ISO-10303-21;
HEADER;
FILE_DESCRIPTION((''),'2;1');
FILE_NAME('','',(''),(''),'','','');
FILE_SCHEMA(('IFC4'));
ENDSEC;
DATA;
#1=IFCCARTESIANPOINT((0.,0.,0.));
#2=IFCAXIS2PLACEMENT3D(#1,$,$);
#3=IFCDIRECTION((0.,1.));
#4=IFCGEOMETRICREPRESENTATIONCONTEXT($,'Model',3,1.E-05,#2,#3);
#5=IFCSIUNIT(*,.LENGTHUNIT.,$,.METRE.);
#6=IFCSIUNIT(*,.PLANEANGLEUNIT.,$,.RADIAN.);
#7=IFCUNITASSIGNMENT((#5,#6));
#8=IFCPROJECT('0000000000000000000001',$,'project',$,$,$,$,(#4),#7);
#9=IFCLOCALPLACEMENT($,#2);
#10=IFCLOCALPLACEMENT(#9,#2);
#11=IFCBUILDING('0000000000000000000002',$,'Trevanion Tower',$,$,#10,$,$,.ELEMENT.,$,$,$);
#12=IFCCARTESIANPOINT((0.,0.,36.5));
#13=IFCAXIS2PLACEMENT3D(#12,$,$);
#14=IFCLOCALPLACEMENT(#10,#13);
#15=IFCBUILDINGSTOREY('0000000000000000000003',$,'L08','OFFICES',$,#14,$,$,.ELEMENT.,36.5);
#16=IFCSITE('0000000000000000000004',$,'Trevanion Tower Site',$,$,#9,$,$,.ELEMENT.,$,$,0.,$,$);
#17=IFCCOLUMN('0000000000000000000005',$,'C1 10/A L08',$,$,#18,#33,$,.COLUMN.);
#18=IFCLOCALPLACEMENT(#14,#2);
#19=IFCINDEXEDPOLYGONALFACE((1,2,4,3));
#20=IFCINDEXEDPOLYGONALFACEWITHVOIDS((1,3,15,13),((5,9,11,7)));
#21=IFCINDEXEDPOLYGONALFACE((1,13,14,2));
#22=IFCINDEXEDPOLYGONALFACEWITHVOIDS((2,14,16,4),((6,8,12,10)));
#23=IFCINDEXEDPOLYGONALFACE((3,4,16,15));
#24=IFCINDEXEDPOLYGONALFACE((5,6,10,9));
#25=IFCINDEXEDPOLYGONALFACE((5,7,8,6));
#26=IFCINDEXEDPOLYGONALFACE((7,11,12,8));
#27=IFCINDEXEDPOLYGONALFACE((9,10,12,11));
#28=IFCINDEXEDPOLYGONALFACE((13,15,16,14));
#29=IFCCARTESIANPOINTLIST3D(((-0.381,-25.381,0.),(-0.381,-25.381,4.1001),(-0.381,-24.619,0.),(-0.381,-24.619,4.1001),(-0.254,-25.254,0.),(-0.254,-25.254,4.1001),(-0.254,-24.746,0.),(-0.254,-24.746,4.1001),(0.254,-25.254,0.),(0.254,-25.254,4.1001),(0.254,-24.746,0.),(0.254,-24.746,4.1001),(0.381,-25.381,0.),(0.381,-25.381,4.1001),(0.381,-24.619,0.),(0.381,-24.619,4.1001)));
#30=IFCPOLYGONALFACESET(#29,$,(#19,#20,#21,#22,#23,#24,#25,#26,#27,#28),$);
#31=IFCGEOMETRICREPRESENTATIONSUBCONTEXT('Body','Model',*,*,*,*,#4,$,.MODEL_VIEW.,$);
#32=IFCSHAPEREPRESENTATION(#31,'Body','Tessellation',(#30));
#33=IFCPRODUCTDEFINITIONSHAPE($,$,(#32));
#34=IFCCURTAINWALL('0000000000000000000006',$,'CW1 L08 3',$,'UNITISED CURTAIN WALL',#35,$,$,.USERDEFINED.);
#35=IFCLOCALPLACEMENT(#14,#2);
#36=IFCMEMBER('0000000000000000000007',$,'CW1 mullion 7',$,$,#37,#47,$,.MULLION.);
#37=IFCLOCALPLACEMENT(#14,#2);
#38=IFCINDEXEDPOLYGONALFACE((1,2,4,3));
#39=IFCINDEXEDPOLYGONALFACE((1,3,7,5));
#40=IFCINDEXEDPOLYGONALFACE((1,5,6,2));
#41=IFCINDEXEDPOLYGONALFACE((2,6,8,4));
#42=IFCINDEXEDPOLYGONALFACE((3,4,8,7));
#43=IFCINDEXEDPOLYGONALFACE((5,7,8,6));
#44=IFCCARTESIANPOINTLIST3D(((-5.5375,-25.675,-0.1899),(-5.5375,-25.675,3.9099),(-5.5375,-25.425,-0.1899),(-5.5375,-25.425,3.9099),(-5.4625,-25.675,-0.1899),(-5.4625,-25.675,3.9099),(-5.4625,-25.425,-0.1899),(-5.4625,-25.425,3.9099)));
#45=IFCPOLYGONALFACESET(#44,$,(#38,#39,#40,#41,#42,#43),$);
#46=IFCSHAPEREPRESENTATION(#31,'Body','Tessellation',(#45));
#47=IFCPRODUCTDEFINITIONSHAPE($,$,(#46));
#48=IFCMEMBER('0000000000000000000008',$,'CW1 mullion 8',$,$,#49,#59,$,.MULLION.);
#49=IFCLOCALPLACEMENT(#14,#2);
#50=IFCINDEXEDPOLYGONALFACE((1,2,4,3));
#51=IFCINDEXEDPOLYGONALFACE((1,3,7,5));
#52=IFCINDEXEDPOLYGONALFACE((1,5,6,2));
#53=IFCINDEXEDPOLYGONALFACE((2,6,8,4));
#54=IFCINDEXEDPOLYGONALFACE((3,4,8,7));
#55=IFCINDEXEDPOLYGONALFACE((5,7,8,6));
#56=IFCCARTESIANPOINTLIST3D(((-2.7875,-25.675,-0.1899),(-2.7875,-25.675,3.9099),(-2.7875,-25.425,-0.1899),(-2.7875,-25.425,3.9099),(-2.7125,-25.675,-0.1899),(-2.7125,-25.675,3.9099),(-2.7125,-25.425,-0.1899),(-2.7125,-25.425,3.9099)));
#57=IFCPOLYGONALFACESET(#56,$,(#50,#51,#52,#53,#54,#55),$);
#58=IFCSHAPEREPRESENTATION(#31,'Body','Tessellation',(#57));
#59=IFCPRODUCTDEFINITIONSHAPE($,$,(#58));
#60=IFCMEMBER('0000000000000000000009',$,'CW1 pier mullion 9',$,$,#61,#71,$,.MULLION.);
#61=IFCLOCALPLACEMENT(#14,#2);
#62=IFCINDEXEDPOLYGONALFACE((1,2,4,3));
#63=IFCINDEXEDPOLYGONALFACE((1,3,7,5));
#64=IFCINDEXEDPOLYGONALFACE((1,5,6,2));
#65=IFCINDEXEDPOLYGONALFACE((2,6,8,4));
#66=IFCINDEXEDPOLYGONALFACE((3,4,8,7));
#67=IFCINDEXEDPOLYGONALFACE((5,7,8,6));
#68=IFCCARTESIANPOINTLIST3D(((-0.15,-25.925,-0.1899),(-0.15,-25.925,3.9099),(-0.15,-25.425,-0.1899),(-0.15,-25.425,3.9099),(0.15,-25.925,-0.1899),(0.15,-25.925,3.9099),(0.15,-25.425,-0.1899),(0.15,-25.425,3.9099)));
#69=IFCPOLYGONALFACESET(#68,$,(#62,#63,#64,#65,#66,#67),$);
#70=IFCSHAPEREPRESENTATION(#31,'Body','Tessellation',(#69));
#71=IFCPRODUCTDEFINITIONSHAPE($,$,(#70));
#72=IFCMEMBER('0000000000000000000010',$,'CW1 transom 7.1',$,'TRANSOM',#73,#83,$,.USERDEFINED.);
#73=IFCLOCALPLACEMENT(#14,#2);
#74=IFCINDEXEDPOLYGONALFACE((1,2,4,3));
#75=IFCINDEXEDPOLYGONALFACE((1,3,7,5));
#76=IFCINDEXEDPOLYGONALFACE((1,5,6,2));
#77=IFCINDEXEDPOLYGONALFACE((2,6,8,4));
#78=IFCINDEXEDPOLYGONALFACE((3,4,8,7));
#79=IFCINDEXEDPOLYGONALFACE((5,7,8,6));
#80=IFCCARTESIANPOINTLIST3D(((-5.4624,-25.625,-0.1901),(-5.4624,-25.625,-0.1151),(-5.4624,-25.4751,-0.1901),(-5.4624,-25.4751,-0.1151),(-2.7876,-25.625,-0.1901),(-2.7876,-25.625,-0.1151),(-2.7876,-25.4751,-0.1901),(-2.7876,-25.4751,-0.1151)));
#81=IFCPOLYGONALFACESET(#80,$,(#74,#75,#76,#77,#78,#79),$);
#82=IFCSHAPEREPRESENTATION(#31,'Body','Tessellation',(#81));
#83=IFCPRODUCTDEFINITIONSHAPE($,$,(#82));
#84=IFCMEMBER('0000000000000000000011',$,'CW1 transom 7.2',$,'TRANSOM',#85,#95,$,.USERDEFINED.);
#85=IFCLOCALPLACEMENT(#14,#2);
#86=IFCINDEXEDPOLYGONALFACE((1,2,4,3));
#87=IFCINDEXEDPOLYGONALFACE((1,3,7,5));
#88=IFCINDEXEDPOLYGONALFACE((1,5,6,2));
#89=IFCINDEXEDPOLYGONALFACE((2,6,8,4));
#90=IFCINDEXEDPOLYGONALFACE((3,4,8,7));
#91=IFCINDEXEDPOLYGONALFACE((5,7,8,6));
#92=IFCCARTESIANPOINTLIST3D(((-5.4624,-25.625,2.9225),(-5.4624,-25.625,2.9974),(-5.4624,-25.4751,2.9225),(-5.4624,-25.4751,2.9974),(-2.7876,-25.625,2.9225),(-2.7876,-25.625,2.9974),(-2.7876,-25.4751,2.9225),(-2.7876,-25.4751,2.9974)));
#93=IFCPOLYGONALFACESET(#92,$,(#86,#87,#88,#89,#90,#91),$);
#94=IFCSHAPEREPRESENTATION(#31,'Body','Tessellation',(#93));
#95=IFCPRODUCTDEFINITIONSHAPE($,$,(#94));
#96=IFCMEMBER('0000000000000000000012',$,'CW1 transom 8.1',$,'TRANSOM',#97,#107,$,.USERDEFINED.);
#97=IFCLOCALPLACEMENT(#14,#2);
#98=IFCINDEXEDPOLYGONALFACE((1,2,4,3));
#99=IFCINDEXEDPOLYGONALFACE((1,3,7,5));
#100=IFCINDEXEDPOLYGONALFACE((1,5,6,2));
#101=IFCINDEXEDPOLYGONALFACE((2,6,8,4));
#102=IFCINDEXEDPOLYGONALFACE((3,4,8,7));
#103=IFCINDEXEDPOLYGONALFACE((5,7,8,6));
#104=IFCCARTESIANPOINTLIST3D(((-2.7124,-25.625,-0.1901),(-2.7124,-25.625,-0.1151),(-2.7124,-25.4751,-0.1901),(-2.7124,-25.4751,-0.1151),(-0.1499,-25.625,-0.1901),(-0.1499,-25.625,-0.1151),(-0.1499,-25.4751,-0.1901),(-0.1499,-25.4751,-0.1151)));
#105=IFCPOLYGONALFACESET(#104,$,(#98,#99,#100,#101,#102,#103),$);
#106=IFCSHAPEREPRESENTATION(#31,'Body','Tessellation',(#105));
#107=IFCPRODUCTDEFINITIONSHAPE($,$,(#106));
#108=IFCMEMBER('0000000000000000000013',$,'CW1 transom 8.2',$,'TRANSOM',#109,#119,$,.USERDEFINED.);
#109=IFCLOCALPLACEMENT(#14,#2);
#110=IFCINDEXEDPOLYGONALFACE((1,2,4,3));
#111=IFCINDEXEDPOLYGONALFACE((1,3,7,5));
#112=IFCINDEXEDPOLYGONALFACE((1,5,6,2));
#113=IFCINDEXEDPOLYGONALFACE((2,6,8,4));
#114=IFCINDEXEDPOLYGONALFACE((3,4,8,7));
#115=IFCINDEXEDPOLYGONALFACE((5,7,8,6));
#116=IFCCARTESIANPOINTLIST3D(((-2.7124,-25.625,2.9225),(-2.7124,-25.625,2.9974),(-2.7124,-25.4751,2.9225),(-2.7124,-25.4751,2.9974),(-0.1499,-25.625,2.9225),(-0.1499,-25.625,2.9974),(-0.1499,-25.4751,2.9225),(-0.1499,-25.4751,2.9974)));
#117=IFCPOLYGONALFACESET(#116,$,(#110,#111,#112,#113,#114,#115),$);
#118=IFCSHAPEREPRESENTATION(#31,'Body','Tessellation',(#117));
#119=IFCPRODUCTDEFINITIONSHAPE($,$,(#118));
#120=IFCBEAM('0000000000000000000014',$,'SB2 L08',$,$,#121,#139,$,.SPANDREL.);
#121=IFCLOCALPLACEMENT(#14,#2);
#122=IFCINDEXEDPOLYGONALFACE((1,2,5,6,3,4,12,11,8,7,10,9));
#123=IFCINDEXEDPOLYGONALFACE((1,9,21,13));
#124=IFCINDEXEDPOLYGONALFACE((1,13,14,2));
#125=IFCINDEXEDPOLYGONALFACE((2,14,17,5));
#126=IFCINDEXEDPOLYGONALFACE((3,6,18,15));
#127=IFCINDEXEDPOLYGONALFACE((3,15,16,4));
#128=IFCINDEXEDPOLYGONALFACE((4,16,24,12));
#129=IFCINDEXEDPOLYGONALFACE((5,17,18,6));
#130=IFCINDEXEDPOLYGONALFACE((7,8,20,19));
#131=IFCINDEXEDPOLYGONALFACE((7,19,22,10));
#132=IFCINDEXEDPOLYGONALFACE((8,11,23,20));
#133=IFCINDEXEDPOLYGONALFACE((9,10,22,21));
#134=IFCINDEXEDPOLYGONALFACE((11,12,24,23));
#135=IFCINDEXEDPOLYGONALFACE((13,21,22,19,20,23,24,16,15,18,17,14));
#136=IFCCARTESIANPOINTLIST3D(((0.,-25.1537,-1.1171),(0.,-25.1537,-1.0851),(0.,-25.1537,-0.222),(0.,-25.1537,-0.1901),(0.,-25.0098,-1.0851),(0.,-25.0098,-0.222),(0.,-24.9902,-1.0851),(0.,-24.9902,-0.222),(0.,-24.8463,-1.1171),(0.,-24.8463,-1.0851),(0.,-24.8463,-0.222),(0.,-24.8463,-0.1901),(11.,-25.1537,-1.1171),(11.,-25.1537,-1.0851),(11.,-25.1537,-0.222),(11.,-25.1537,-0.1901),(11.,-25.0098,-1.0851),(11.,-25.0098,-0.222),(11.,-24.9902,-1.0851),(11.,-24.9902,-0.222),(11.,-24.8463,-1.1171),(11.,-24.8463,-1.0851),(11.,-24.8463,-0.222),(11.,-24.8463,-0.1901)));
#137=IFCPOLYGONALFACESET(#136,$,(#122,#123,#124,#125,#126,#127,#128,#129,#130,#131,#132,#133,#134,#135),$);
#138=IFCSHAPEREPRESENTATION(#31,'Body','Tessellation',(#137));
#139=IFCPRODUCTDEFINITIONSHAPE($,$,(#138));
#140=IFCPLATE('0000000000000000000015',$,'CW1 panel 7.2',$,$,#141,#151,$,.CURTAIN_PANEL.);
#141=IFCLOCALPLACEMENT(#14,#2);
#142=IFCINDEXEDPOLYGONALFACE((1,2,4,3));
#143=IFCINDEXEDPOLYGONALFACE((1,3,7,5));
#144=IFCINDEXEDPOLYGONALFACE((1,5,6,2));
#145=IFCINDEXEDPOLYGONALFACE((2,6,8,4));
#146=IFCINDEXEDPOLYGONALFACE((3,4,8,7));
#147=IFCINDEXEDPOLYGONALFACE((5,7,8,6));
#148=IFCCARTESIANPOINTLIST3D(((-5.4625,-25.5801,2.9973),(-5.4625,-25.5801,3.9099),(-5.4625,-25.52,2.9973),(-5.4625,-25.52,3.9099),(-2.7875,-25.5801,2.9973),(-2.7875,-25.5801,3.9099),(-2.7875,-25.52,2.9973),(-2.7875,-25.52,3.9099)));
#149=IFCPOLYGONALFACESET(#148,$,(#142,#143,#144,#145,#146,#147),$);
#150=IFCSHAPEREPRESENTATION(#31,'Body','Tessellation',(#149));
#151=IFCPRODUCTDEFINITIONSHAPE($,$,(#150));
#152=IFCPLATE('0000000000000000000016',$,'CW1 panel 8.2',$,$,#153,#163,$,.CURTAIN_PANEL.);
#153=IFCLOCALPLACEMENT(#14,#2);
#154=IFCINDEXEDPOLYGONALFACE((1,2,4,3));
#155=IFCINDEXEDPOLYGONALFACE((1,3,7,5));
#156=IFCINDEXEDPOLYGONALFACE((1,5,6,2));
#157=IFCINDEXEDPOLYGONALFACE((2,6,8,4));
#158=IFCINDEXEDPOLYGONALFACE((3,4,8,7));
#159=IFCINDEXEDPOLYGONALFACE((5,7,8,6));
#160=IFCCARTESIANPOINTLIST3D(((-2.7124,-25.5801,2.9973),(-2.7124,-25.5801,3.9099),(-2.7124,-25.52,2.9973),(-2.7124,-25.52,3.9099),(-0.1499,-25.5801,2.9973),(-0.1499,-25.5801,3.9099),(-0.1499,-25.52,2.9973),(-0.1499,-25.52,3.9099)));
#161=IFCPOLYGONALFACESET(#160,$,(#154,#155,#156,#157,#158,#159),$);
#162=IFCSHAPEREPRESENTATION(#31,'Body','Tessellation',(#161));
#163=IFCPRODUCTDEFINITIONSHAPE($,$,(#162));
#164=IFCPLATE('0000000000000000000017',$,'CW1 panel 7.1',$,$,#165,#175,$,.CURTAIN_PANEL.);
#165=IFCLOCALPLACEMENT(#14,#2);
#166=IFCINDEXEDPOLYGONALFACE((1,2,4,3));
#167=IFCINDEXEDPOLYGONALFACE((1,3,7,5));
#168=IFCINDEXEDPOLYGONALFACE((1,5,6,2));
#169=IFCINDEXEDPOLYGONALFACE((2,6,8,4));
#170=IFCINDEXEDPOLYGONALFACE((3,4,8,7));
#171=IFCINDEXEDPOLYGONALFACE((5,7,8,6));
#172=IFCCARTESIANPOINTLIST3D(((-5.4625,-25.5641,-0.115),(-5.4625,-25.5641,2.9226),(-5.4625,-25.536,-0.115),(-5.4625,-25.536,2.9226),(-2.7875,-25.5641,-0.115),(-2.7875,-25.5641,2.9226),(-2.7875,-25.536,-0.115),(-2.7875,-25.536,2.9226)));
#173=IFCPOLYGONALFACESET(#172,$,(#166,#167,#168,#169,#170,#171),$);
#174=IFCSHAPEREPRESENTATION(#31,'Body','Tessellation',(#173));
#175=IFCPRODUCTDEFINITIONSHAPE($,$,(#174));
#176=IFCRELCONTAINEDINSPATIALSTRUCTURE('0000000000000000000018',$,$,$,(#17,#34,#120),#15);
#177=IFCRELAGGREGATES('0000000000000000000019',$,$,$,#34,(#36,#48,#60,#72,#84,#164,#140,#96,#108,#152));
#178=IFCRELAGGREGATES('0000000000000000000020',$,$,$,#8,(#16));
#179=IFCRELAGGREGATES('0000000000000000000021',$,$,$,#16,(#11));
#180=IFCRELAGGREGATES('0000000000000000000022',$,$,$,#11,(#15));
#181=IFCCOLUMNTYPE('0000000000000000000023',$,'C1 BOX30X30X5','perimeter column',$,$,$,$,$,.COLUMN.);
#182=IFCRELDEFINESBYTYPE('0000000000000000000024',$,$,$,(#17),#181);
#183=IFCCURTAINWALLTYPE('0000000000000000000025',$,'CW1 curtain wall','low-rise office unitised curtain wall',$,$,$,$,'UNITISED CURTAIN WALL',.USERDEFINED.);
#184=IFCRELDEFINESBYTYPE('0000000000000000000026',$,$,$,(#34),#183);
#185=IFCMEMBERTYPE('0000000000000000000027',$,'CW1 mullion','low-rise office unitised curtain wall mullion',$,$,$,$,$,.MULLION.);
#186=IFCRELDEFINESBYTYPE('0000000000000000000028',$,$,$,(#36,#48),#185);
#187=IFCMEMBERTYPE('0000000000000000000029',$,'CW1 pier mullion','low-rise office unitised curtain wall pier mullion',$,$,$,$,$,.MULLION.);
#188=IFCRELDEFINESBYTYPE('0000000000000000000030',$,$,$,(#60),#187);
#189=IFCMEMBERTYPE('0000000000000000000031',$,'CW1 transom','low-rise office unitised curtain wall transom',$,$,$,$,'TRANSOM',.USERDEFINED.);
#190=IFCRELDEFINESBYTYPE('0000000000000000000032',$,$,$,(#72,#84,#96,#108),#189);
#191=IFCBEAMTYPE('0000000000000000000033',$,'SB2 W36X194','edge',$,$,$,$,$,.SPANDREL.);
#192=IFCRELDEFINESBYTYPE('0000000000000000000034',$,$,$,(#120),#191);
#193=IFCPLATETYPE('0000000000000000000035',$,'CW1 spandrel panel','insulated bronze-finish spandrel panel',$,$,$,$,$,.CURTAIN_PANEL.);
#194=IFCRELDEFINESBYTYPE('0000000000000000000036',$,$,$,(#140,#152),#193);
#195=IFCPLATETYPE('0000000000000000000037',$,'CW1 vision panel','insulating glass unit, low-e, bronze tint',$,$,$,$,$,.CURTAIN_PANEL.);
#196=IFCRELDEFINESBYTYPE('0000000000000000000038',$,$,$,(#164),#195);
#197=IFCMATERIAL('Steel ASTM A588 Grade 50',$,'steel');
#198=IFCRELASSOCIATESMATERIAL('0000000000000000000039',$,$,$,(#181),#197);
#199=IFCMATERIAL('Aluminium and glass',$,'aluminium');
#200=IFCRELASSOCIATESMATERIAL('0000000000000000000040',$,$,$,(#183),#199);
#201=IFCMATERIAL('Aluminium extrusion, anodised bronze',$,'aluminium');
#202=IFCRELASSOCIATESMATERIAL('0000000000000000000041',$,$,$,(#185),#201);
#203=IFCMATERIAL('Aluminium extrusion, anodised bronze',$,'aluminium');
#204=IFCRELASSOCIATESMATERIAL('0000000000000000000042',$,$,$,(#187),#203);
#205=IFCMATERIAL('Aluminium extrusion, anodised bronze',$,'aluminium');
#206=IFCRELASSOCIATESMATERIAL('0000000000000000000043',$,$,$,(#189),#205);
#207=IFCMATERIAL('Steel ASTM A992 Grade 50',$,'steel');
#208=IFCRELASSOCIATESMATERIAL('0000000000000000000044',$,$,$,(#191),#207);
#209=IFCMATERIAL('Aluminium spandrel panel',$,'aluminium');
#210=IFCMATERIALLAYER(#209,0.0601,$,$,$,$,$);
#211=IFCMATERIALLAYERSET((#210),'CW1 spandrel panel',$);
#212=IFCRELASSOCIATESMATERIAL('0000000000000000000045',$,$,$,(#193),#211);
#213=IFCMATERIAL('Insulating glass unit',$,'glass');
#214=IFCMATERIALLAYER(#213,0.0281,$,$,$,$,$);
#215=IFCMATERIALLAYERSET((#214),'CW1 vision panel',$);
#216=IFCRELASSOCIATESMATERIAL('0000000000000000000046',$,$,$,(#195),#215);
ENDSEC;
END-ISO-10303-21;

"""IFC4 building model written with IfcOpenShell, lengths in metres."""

from ifc_helpers import new_model, si_unit, direction, frame, origin, origin_2d, place, context, subcontext, project, spatial, rectangle, hollow_rectangle, i_section, extrude, material, layer, layer_set, material_profile, profile_set, type_object, element, aggregate, save


model = new_model("IFC4")

# Units and contexts
model_context = context("Model", 3, precision=1e-05, world=origin(), true_north=direction((0.0, 1.0)))
body_context = subcontext(model_context, "Body", "Model", "MODEL_VIEW")
ifc_project = project(units=[si_unit("LENGTHUNIT", "METRE"), si_unit("PLANEANGLEUNIT", "RADIAN")], contexts=[model_context])

# Site, building, storey
site_placement = place(None, origin())
site = spatial("IfcSite", under=ifc_project, at=site_placement, Name="Trevanion Tower Site", CompositionType="ELEMENT", RefElevation=0.0)
building_placement = place(site_placement, origin())
building = spatial("IfcBuilding", under=site, at=building_placement, Name="Trevanion Tower", CompositionType="ELEMENT")
storey_placement = place(building_placement, frame((0.0, 0.0, 36.5)))
storey = spatial("IfcBuildingStorey", under=building, at=storey_placement, Name="L08", Description="OFFICES", CompositionType="ELEMENT", Elevation=36.5)

# Column
ifc_material_1 = material(Name="Steel ASTM A588 Grade 50", Category="steel")
ifc_material_profile_1 = material_profile(ifc_material_1, hollow_rectangle(XDim=0.762, YDim=0.762, WallThickness=0.127, at=origin_2d()), Name="BOX30X30X5")
ifc_profile_set_1 = profile_set([ifc_material_profile_1], Name="Steel ASTM A588 Grade 50")
column_type = type_object("IfcColumnType", Name="C1 BOX30X30X5", Description="perimeter column", PredefinedType="COLUMN", material=ifc_profile_set_1)
column_placement = place(storey_placement, frame((0.0, -25.0, 0.0), z_axis=(0.0, 0.0, 1.0), x_axis=(1.0, 0.0, 0.0)))
element("IfcColumn", 1, at=column_placement, inside=storey, type_object=column_type, Name="C1 10/A L08", PredefinedType="COLUMN", context=body_context, shape_type="SweptSolid", body=[
    extrude(hollow_rectangle(XDim=0.762, YDim=0.762, WallThickness=0.127, at=origin_2d()), origin(), (0.0, 0.0, 1.0), 4.1001),
])

# Curtain wall, members
ifc_material_2 = material(Name="Aluminium and glass", Category="aluminium")
curtain_wall_type = type_object("IfcCurtainWallType", Name="CW1 curtain wall", Description="low-rise office unitised curtain wall", ElementType="UNITISED CURTAIN WALL", PredefinedType="USERDEFINED", material=ifc_material_2)
curtain_wall_placement = place(storey_placement, origin())
curtain_wall = element("IfcCurtainWall", 2, at=curtain_wall_placement, inside=storey, type_object=curtain_wall_type, Name="CW1 L08 3", ObjectType="UNITISED CURTAIN WALL", PredefinedType="USERDEFINED")
ifc_material_3 = material(Name="Aluminium extrusion, anodised bronze", Category="aluminium")
ifc_material_profile_2 = material_profile(ifc_material_3, rectangle(XDim=0.075, YDim=0.25, at=origin_2d()), Name="CW1 mullion")
ifc_profile_set_2 = profile_set([ifc_material_profile_2], Name="Aluminium extrusion, anodised bronze")
member_type_1 = type_object("IfcMemberType", Name="CW1 mullion", Description="low-rise office unitised curtain wall mullion", PredefinedType="MULLION", material=ifc_profile_set_2)
member_1_placement = place(storey_placement, frame((-5.5, -25.55, -0.1899), z_axis=(0.0, 0.0, 1.0), x_axis=(1.0, 0.0, 0.0)))
member_1 = element("IfcMember", 3, at=member_1_placement, type_object=member_type_1, Name="CW1 mullion 7", PredefinedType="MULLION", context=body_context, shape_type="SweptSolid", body=[
    extrude(rectangle(XDim=0.075, YDim=0.25, at=origin_2d()), origin(), (0.0, 0.0, 1.0), 4.0999),
])
member_2_placement = place(storey_placement, frame((-2.75, -25.55, -0.1899), z_axis=(0.0, 0.0, 1.0), x_axis=(1.0, 0.0, 0.0)))
member_2 = element("IfcMember", 4, at=member_2_placement, type_object=member_type_1, Name="CW1 mullion 8", PredefinedType="MULLION", context=body_context, shape_type="SweptSolid", body=[
    extrude(rectangle(XDim=0.075, YDim=0.25, at=origin_2d()), origin(), (0.0, 0.0, 1.0), 4.0999),
])
ifc_material_4 = material(Name="Aluminium extrusion, anodised bronze", Category="aluminium")
ifc_material_profile_3 = material_profile(ifc_material_4, rectangle(XDim=0.3, YDim=0.5, at=origin_2d()), Name="CW1 pier mullion")
ifc_profile_set_3 = profile_set([ifc_material_profile_3], Name="Aluminium extrusion, anodised bronze")
member_type_2 = type_object("IfcMemberType", Name="CW1 pier mullion", Description="low-rise office unitised curtain wall pier mullion", PredefinedType="MULLION", material=ifc_profile_set_3)
member_3_placement = place(storey_placement, frame((0.0, -25.675, -0.1899), z_axis=(0.0, 0.0, 1.0), x_axis=(1.0, 0.0, 0.0)))
member_3 = element("IfcMember", 5, at=member_3_placement, type_object=member_type_2, Name="CW1 pier mullion 9", PredefinedType="MULLION", context=body_context, shape_type="SweptSolid", body=[
    extrude(rectangle(XDim=0.3, YDim=0.5, at=origin_2d()), origin(), (0.0, 0.0, 1.0), 4.0999),
])
ifc_material_5 = material(Name="Aluminium extrusion, anodised bronze", Category="aluminium")
ifc_material_profile_4 = material_profile(ifc_material_5, rectangle(XDim=0.1499, YDim=0.075, at=origin_2d()), Name="CW1 transom")
ifc_profile_set_4 = profile_set([ifc_material_profile_4], Name="Aluminium extrusion, anodised bronze")
member_type_3 = type_object("IfcMemberType", Name="CW1 transom", Description="low-rise office unitised curtain wall transom", ElementType="TRANSOM", PredefinedType="USERDEFINED", material=ifc_profile_set_4)
member_4_placement = place(storey_placement, frame((-5.4624, -25.55, -0.1526), z_axis=(1.0, 0.0, 0.0), x_axis=(0.0, 1.0, 0.0)))
member_4 = element("IfcMember", 6, at=member_4_placement, type_object=member_type_3, Name="CW1 transom 7.1", ObjectType="TRANSOM", PredefinedType="USERDEFINED", context=body_context, shape_type="SweptSolid", body=[
    extrude(rectangle(XDim=0.1499, YDim=0.075, at=origin_2d()), origin(), (0.0, 0.0, 1.0), 2.6748),
])
member_5_placement = place(storey_placement, frame((-5.4624, -25.55, 2.96), z_axis=(1.0, 0.0, 0.0), x_axis=(0.0, 1.0, 0.0)))
member_5 = element("IfcMember", 7, at=member_5_placement, type_object=member_type_3, Name="CW1 transom 7.2", ObjectType="TRANSOM", PredefinedType="USERDEFINED", context=body_context, shape_type="SweptSolid", body=[
    extrude(rectangle(XDim=0.1499, YDim=0.075, at=origin_2d()), origin(), (0.0, 0.0, 1.0), 2.6748),
])
member_6_placement = place(storey_placement, frame((-2.7124, -25.55, -0.1526), z_axis=(1.0, 0.0, 0.0), x_axis=(0.0, 1.0, 0.0)))
member_6 = element("IfcMember", 8, at=member_6_placement, type_object=member_type_3, Name="CW1 transom 8.1", ObjectType="TRANSOM", PredefinedType="USERDEFINED", context=body_context, shape_type="SweptSolid", body=[
    extrude(rectangle(XDim=0.1499, YDim=0.075, at=origin_2d()), origin(), (0.0, 0.0, 1.0), 2.5625),
])
member_7_placement = place(storey_placement, frame((-2.7124, -25.55, 2.96), z_axis=(1.0, 0.0, 0.0), x_axis=(0.0, 1.0, 0.0)))
member_7 = element("IfcMember", 9, at=member_7_placement, type_object=member_type_3, Name="CW1 transom 8.2", ObjectType="TRANSOM", PredefinedType="USERDEFINED", context=body_context, shape_type="SweptSolid", body=[
    extrude(rectangle(XDim=0.1499, YDim=0.075, at=origin_2d()), origin(), (0.0, 0.0, 1.0), 2.5625),
])

# Beam
ifc_material_6 = material(Name="Steel ASTM A992 Grade 50", Category="steel")
ifc_material_profile_5 = material_profile(ifc_material_6, i_section(OverallWidth=0.3074, OverallDepth=0.927, WebThickness=0.0195, FlangeThickness=0.032, at=origin_2d()), Name="W36X194")
ifc_profile_set_5 = profile_set([ifc_material_profile_5], Name="Steel ASTM A992 Grade 50")
beam_type = type_object("IfcBeamType", Name="SB2 W36X194", Description="edge", PredefinedType="SPANDREL", material=ifc_profile_set_5)
beam_placement = place(storey_placement, frame((0.0, -25.0, -0.6536), z_axis=(1.0, 0.0, 0.0), x_axis=(0.0, 1.0, 0.0)))
element("IfcBeam", 10, at=beam_placement, inside=storey, type_object=beam_type, Name="SB2 L08", PredefinedType="SPANDREL", context=body_context, shape_type="SweptSolid", body=[
    extrude(i_section(OverallWidth=0.3074, OverallDepth=0.927, WebThickness=0.0195, FlangeThickness=0.032, at=origin_2d()), origin(), (0.0, 0.0, 1.0), 11.0),
])

# Plates
ifc_material_7 = material(Name="Aluminium spandrel panel", Category="aluminium")
ifc_layer_1 = layer(ifc_material_7, 0.0601)
ifc_layer_set_1 = layer_set([ifc_layer_1], Name="CW1 spandrel panel")
plate_type_1 = type_object("IfcPlateType", Name="CW1 spandrel panel", Description="insulated bronze-finish spandrel panel", PredefinedType="CURTAIN_PANEL", material=ifc_layer_set_1)
plate_1_placement = place(storey_placement, frame((-4.125, -25.55, 2.9973), z_axis=(0.0, 0.0, 1.0), x_axis=(1.0, 0.0, 0.0)))
plate_1 = element("IfcPlate", 11, at=plate_1_placement, type_object=plate_type_1, Name="CW1 panel 7.2", PredefinedType="CURTAIN_PANEL", context=body_context, shape_type="SweptSolid", body=[
    extrude(rectangle(XDim=2.675, YDim=0.0601, at=origin_2d()), origin(), (0.0, 0.0, 1.0), 0.9126),
])
plate_2_placement = place(storey_placement, frame((-1.4312, -25.55, 2.9973), z_axis=(0.0, 0.0, 1.0), x_axis=(1.0, 0.0, 0.0)))
plate_2 = element("IfcPlate", 12, at=plate_2_placement, type_object=plate_type_1, Name="CW1 panel 8.2", PredefinedType="CURTAIN_PANEL", context=body_context, shape_type="SweptSolid", body=[
    extrude(rectangle(XDim=2.5625, YDim=0.0601, at=origin_2d()), origin(), (0.0, 0.0, 1.0), 0.9126),
])
ifc_material_8 = material(Name="Insulating glass unit", Category="glass")
ifc_layer_2 = layer(ifc_material_8, 0.0281)
ifc_layer_set_2 = layer_set([ifc_layer_2], Name="CW1 vision panel")
plate_type_2 = type_object("IfcPlateType", Name="CW1 vision panel", Description="insulating glass unit, low-e, bronze tint", PredefinedType="CURTAIN_PANEL", material=ifc_layer_set_2)
plate_3_placement = place(storey_placement, frame((-4.125, -25.55, -0.115), z_axis=(0.0, 0.0, 1.0), x_axis=(1.0, 0.0, 0.0)))
plate_3 = element("IfcPlate", 13, at=plate_3_placement, type_object=plate_type_2, Name="CW1 panel 7.1", PredefinedType="CURTAIN_PANEL", context=body_context, shape_type="SweptSolid", body=[
    extrude(rectangle(XDim=2.675, YDim=0.0281, at=origin_2d()), origin(), (0.0, 0.0, 1.0), 3.0376),
])
aggregate(curtain_wall, [member_1, member_2, member_3, member_4, member_5, plate_3, plate_1, member_6, member_7, plate_2])

save(model, "model.ifc")
